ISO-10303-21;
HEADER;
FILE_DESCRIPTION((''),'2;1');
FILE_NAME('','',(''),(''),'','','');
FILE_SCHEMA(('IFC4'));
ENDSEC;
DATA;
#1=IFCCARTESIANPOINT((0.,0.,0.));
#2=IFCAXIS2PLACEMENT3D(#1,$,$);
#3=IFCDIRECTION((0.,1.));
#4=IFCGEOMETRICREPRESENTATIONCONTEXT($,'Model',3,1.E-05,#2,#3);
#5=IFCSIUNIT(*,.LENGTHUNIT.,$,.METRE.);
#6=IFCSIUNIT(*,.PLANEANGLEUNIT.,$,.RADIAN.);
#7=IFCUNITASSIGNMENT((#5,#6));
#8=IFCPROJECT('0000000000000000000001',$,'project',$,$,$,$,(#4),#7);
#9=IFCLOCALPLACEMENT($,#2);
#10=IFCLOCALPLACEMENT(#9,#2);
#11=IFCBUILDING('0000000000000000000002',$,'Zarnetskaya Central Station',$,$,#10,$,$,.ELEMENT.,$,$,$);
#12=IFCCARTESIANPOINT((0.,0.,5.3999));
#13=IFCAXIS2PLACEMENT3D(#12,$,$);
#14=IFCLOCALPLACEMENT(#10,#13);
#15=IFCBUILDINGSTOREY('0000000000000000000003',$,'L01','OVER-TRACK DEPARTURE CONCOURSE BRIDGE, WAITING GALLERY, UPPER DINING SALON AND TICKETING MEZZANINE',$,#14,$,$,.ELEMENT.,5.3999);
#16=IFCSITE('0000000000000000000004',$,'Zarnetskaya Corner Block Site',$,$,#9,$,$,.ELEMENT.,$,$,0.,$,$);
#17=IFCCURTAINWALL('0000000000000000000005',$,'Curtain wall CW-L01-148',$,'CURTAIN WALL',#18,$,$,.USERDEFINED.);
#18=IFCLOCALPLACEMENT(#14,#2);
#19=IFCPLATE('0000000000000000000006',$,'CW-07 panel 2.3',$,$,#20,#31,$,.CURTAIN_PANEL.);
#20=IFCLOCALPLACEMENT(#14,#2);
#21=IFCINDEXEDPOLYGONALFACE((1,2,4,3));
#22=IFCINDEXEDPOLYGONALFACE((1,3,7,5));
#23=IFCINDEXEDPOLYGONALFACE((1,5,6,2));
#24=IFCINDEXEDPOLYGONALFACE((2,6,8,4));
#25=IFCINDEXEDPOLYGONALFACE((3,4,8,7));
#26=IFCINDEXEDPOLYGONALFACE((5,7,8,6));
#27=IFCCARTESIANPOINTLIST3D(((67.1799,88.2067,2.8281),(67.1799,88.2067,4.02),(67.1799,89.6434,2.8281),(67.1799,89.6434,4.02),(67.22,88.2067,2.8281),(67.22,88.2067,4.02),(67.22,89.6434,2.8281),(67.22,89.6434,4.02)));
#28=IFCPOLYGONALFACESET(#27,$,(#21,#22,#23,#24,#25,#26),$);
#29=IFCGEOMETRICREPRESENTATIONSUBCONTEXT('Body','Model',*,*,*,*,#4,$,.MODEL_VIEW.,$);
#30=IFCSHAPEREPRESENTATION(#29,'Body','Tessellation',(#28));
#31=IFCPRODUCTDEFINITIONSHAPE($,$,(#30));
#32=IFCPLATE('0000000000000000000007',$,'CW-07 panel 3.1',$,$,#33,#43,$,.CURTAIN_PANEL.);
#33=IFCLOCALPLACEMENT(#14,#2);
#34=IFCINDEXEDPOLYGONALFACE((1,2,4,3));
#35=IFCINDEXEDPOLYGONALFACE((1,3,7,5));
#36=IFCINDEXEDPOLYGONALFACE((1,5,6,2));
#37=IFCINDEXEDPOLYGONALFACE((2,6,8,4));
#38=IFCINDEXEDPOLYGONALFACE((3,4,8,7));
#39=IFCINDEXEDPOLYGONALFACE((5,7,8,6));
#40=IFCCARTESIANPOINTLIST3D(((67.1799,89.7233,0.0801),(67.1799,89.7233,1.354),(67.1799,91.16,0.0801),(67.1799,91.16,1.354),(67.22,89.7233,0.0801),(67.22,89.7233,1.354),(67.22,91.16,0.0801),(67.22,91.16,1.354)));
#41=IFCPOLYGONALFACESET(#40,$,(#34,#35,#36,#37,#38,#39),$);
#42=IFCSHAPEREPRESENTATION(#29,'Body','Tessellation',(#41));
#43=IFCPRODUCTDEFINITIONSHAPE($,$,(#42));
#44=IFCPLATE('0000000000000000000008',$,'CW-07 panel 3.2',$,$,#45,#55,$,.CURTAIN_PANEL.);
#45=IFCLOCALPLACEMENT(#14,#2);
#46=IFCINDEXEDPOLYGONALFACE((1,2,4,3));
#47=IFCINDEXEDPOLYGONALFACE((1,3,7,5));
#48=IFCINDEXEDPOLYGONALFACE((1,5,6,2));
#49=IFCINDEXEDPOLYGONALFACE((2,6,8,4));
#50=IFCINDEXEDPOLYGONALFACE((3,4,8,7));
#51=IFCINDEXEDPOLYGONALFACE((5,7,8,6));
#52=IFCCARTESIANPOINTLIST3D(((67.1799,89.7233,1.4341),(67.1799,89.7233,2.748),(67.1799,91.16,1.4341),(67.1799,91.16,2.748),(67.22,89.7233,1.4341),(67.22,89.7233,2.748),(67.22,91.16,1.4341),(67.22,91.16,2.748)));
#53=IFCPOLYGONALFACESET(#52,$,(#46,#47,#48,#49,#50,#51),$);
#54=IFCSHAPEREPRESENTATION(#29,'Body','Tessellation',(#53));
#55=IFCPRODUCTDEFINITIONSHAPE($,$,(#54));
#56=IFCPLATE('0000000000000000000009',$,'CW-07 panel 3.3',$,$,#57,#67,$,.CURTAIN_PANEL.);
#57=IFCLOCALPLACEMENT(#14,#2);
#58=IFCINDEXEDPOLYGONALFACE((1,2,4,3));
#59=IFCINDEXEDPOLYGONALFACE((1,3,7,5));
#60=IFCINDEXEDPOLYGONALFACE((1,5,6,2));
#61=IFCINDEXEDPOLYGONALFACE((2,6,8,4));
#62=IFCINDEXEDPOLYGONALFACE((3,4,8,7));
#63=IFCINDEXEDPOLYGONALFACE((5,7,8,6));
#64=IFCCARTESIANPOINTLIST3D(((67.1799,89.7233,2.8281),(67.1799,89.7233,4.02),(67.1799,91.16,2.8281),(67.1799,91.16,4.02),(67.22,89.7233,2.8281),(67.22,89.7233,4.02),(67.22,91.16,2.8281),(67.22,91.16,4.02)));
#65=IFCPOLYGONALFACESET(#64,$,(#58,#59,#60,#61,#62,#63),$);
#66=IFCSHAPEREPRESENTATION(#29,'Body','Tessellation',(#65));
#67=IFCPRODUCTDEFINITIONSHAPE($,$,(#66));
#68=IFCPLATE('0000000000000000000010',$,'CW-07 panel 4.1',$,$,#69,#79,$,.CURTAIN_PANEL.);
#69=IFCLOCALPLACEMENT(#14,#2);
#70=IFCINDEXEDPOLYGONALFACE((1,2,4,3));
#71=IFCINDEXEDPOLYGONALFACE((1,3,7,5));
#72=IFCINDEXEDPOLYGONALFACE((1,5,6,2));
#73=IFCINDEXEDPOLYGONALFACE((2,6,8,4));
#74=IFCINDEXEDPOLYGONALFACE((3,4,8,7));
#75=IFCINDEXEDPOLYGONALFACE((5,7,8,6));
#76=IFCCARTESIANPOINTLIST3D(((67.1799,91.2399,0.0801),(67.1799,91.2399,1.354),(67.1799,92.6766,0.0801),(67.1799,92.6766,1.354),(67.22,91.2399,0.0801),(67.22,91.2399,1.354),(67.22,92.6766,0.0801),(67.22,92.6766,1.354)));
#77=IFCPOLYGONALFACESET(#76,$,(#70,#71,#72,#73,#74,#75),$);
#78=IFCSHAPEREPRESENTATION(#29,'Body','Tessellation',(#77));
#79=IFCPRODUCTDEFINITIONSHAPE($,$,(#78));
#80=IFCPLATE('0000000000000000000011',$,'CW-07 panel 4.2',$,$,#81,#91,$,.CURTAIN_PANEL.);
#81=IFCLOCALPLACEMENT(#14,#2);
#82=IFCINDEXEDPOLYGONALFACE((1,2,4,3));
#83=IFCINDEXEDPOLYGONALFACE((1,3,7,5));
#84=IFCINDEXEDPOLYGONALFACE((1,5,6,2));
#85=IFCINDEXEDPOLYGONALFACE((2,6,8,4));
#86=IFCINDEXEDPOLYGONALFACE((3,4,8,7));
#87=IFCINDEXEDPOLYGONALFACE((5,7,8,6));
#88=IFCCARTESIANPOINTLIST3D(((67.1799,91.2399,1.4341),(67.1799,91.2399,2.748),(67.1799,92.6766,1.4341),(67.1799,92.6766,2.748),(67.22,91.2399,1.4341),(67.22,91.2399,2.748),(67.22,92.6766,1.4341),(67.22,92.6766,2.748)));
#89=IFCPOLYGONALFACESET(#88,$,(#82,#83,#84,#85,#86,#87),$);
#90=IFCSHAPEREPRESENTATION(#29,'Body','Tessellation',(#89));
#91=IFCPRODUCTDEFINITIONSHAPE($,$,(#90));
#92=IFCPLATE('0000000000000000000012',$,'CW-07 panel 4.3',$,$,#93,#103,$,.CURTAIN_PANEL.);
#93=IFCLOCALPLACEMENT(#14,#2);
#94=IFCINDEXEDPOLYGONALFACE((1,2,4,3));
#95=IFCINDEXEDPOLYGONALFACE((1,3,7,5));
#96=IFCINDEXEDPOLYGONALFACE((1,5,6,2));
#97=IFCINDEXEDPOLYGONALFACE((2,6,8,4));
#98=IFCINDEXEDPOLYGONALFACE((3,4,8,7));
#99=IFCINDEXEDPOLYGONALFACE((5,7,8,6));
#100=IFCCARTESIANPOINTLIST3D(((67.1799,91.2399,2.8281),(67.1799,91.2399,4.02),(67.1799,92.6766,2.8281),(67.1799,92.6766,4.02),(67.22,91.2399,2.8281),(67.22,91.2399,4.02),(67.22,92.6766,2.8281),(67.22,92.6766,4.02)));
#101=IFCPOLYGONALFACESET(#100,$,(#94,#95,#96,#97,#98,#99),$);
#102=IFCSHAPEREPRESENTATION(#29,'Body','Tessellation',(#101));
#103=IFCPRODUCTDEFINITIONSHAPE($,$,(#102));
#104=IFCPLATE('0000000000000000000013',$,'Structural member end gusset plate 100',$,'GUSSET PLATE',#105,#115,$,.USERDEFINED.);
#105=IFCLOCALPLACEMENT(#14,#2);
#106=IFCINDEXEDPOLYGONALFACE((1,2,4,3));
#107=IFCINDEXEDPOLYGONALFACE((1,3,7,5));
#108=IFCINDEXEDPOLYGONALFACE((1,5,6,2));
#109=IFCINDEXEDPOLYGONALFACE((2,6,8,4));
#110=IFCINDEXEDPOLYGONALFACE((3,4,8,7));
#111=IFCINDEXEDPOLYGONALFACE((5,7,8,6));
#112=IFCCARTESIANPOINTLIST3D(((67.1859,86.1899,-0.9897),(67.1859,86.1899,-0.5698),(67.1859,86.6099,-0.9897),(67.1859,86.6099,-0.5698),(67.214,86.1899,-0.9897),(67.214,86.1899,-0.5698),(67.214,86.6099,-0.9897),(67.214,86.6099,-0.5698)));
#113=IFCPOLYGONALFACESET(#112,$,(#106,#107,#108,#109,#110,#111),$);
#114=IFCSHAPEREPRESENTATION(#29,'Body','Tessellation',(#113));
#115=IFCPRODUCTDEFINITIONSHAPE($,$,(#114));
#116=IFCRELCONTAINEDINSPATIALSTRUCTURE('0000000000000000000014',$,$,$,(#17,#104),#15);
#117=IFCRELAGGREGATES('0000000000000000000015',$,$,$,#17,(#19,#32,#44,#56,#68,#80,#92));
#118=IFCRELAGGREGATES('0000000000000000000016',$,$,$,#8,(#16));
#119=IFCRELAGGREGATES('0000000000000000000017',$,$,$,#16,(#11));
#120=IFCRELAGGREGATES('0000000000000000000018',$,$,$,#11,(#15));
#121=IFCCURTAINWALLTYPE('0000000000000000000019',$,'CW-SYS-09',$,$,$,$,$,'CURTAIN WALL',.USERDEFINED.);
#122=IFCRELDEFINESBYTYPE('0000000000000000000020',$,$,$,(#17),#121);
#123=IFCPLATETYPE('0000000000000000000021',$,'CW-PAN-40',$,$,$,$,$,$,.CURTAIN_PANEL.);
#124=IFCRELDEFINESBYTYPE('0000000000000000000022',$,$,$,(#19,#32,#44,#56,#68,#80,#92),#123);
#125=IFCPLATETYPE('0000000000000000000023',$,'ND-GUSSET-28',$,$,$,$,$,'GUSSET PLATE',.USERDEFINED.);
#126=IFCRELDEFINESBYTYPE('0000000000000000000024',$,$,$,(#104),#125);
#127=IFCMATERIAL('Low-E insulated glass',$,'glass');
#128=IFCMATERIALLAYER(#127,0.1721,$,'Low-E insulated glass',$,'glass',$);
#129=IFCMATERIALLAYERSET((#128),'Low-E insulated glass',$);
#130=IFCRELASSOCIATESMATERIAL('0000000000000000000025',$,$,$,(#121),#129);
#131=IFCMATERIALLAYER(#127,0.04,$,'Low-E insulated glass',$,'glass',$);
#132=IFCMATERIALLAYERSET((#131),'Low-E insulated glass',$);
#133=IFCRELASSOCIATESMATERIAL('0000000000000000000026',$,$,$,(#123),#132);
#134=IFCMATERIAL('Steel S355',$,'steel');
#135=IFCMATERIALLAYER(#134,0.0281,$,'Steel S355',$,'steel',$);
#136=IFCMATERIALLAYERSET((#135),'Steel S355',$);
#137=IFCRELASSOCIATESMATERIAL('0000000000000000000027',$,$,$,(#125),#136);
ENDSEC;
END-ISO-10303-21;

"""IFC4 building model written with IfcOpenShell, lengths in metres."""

from ifc_helpers import new_model, si_unit, direction, frame, origin, origin_2d, place, context, subcontext, project, spatial, rectangle, extrude, material, layer, layer_set, type_object, element, aggregate, save


model = new_model("IFC4")

# Units and contexts
model_context = context("Model", 3, precision=1e-05, world=origin(), true_north=direction((0.0, 1.0)))
body_context = subcontext(model_context, "Body", "Model", "MODEL_VIEW")
ifc_project = project(units=[si_unit("LENGTHUNIT", "METRE"), si_unit("PLANEANGLEUNIT", "RADIAN")], contexts=[model_context])

# Site, building, storey
site_placement = place(None, origin())
site = spatial("IfcSite", under=ifc_project, at=site_placement, Name="Zarnetskaya Corner Block Site", CompositionType="ELEMENT", RefElevation=0.0)
building_placement = place(site_placement, origin())
building = spatial("IfcBuilding", under=site, at=building_placement, Name="Zarnetskaya Central Station", CompositionType="ELEMENT")
storey_placement = place(building_placement, frame((0.0, 0.0, 5.3999)))
storey = spatial("IfcBuildingStorey", under=building, at=storey_placement, Name="L01", Description="OVER-TRACK DEPARTURE CONCOURSE BRIDGE, WAITING GALLERY, UPPER DINING SALON AND TICKETING MEZZANINE", CompositionType="ELEMENT", Elevation=5.3999)

# Curtain wall, plates
ifc_material_1 = material(Name="Low-E insulated glass", Category="glass")
ifc_layer_1 = layer(ifc_material_1, 0.1721, Name="Low-E insulated glass", Category="glass")
ifc_layer_set_1 = layer_set([ifc_layer_1], Name="Low-E insulated glass")
curtain_wall_type = type_object("IfcCurtainWallType", Name="CW-SYS-09", ElementType="CURTAIN WALL", PredefinedType="USERDEFINED", material=ifc_layer_set_1)
curtain_wall_placement = place(storey_placement, origin())
curtain_wall = element("IfcCurtainWall", 1, at=curtain_wall_placement, inside=storey, type_object=curtain_wall_type, Name="Curtain wall CW-L01-148", ObjectType="CURTAIN WALL", PredefinedType="USERDEFINED")
ifc_layer_2 = layer(ifc_material_1, 0.04, Name="Low-E insulated glass", Category="glass")
ifc_layer_set_2 = layer_set([ifc_layer_2], Name="Low-E insulated glass")
plate_type_1 = type_object("IfcPlateType", Name="CW-PAN-40", PredefinedType="CURTAIN_PANEL", material=ifc_layer_set_2)
plate_1_placement = place(storey_placement, frame((67.2, 88.925, 2.8281), z_axis=(0.0, 0.0, 1.0), x_axis=(0.0, 1.0, 0.0)))
plate_1 = element("IfcPlate", 2, at=plate_1_placement, type_object=plate_type_1, Name="CW-07 panel 2.3", PredefinedType="CURTAIN_PANEL", context=body_context, shape_type="SweptSolid", body=[
    extrude(rectangle(XDim=1.4368, YDim=0.04, at=origin_2d()), origin(), (0.0, 0.0, 1.0), 1.1919),
])
plate_2_placement = place(storey_placement, frame((67.2, 90.4417, 0.0801), z_axis=(0.0, 0.0, 1.0), x_axis=(0.0, 1.0, 0.0)))
plate_2 = element("IfcPlate", 3, at=plate_2_placement, type_object=plate_type_1, Name="CW-07 panel 3.1", PredefinedType="CURTAIN_PANEL", context=body_context, shape_type="SweptSolid", body=[
    extrude(rectangle(XDim=1.4368, YDim=0.04, at=origin_2d()), origin(), (0.0, 0.0, 1.0), 1.2739),
])
plate_3_placement = place(storey_placement, frame((67.2, 90.4417, 1.4341), z_axis=(0.0, 0.0, 1.0), x_axis=(0.0, 1.0, 0.0)))
plate_3 = element("IfcPlate", 4, at=plate_3_placement, type_object=plate_type_1, Name="CW-07 panel 3.2", PredefinedType="CURTAIN_PANEL", context=body_context, shape_type="SweptSolid", body=[
    extrude(rectangle(XDim=1.4368, YDim=0.04, at=origin_2d()), origin(), (0.0, 0.0, 1.0), 1.314),
])
plate_4_placement = place(storey_placement, frame((67.2, 90.4417, 2.8281), z_axis=(0.0, 0.0, 1.0), x_axis=(0.0, 1.0, 0.0)))
plate_4 = element("IfcPlate", 5, at=plate_4_placement, type_object=plate_type_1, Name="CW-07 panel 3.3", PredefinedType="CURTAIN_PANEL", context=body_context, shape_type="SweptSolid", body=[
    extrude(rectangle(XDim=1.4368, YDim=0.04, at=origin_2d()), origin(), (0.0, 0.0, 1.0), 1.1919),
])
plate_5_placement = place(storey_placement, frame((67.2, 91.9583, 0.0801), z_axis=(0.0, 0.0, 1.0), x_axis=(0.0, 1.0, 0.0)))
plate_5 = element("IfcPlate", 6, at=plate_5_placement, type_object=plate_type_1, Name="CW-07 panel 4.1", PredefinedType="CURTAIN_PANEL", context=body_context, shape_type="SweptSolid", body=[
    extrude(rectangle(XDim=1.4368, YDim=0.04, at=origin_2d()), origin(), (0.0, 0.0, 1.0), 1.2739),
])
plate_6_placement = place(storey_placement, frame((67.2, 91.9583, 1.4341), z_axis=(0.0, 0.0, 1.0), x_axis=(0.0, 1.0, 0.0)))
plate_6 = element("IfcPlate", 7, at=plate_6_placement, type_object=plate_type_1, Name="CW-07 panel 4.2", PredefinedType="CURTAIN_PANEL", context=body_context, shape_type="SweptSolid", body=[
    extrude(rectangle(XDim=1.4368, YDim=0.04, at=origin_2d()), origin(), (0.0, 0.0, 1.0), 1.314),
])
plate_7_placement = place(storey_placement, frame((67.2, 91.9583, 2.8281), z_axis=(0.0, 0.0, 1.0), x_axis=(0.0, 1.0, 0.0)))
plate_7 = element("IfcPlate", 8, at=plate_7_placement, type_object=plate_type_1, Name="CW-07 panel 4.3", PredefinedType="CURTAIN_PANEL", context=body_context, shape_type="SweptSolid", body=[
    extrude(rectangle(XDim=1.4368, YDim=0.04, at=origin_2d()), origin(), (0.0, 0.0, 1.0), 1.1919),
])
aggregate(curtain_wall, [plate_1, plate_2, plate_3, plate_4, plate_5, plate_6, plate_7])

# Plate
ifc_material_2 = material(Name="Steel S355", Category="steel")
ifc_layer_3 = layer(ifc_material_2, 0.0281, Name="Steel S355", Category="steel")
ifc_layer_set_3 = layer_set([ifc_layer_3], Name="Steel S355")
plate_type_2 = type_object("IfcPlateType", Name="ND-GUSSET-28", ElementType="GUSSET PLATE", PredefinedType="USERDEFINED", material=ifc_layer_set_3)
plate_8_placement = place(storey_placement, frame((67.2, 86.3999, -0.9897), z_axis=(0.0, 0.0, 1.0), x_axis=(1.0, 0.0, 0.0)))
element("IfcPlate", 9, at=plate_8_placement, inside=storey, type_object=plate_type_2, Name="Structural member end gusset plate 100", ObjectType="GUSSET PLATE", PredefinedType="USERDEFINED", context=body_context, shape_type="SweptSolid", body=[
    extrude(rectangle(XDim=0.0281, YDim=0.4199, at=origin_2d()), origin(), (0.0, 0.0, 1.0), 0.4199),
])

save(model, "model.ifc")
